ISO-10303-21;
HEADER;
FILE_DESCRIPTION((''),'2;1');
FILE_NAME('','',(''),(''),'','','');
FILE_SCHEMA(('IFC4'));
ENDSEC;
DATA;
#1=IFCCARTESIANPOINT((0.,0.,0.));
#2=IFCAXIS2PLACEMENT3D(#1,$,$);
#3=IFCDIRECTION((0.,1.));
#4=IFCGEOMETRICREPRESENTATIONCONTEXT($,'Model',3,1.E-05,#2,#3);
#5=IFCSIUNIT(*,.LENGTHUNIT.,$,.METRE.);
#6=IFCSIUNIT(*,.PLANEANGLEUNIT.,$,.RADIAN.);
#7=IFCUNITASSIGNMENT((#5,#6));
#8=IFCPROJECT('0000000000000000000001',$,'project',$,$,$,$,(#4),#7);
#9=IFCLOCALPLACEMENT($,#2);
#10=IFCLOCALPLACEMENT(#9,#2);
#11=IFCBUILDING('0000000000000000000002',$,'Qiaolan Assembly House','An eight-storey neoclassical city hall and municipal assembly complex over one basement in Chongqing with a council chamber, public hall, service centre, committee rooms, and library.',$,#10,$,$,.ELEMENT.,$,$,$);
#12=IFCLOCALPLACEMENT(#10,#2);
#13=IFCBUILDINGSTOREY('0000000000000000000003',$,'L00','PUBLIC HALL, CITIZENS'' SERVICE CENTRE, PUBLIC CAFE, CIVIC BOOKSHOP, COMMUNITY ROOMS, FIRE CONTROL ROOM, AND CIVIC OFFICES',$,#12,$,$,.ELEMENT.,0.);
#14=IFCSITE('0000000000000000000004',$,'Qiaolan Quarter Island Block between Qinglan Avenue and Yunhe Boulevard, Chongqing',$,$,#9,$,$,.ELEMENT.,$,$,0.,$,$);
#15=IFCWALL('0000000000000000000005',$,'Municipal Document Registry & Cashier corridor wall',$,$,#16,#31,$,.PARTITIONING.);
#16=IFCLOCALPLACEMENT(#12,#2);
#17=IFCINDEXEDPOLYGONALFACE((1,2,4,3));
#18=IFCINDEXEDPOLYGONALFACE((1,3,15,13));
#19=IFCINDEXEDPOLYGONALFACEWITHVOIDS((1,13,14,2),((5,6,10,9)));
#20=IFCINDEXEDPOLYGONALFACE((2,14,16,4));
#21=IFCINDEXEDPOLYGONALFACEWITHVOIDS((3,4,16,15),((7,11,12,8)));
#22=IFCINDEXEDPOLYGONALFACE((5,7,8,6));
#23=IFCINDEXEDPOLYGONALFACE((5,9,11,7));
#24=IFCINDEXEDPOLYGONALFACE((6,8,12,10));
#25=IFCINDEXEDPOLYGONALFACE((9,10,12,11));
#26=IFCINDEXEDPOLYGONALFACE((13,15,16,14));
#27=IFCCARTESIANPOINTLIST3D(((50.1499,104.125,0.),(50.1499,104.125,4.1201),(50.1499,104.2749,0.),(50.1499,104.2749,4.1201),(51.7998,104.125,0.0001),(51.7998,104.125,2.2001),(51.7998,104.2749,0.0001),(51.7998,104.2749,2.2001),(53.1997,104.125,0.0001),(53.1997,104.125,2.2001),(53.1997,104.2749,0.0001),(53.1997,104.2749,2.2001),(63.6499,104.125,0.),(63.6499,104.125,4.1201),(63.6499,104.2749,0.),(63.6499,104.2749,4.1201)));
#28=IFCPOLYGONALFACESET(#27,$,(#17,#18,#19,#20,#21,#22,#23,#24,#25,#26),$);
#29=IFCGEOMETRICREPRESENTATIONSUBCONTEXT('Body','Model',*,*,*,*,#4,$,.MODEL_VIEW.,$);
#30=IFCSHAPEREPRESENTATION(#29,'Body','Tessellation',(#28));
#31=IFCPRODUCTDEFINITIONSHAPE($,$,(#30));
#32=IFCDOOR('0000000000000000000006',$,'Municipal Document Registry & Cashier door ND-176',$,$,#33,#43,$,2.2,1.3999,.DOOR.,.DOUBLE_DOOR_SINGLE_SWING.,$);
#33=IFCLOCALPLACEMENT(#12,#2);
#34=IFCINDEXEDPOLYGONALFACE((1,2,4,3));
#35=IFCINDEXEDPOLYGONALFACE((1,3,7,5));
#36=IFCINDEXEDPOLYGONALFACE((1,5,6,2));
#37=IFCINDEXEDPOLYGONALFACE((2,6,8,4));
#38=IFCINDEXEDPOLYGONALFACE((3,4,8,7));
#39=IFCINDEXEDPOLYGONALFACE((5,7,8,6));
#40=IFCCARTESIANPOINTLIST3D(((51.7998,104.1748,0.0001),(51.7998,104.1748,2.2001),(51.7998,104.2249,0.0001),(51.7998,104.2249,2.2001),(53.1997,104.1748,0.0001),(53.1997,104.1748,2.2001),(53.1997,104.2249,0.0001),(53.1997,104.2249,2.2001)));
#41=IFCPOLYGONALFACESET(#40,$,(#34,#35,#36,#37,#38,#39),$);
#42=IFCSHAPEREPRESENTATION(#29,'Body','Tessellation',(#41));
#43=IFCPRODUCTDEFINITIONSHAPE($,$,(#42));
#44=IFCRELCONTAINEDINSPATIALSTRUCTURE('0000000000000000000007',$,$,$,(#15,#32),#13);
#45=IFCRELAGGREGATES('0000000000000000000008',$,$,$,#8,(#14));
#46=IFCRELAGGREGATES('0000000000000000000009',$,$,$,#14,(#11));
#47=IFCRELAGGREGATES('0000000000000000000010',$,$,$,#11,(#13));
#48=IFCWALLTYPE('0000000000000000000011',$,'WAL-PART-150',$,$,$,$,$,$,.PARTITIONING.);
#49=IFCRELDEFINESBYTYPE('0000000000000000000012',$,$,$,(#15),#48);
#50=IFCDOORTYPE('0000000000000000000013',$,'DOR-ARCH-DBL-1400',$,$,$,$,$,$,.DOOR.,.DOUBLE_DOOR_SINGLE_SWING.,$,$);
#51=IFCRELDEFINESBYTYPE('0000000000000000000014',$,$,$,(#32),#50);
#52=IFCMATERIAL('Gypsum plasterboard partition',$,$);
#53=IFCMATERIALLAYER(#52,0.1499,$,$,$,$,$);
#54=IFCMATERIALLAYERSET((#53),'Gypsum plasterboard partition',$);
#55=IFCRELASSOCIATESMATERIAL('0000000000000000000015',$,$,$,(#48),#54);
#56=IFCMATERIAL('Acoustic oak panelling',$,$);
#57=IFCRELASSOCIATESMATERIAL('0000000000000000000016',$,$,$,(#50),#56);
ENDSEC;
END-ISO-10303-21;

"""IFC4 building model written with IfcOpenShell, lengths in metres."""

from ifc_helpers import new_model, si_unit, direction, frame, frame_2d, origin, place, context, subcontext, project, spatial, rectangle, extrude, material, layer, layer_set, type_object, element, fill, save


model = new_model("IFC4")

# Units and contexts
model_context = context("Model", 3, precision=1e-05, world=origin(), true_north=direction((0.0, 1.0)))
body_context = subcontext(model_context, "Body", "Model", "MODEL_VIEW")
ifc_project = project(units=[si_unit("LENGTHUNIT", "METRE"), si_unit("PLANEANGLEUNIT", "RADIAN")], contexts=[model_context])

# Site, building, storey
site_placement = place(None, origin())
site = spatial("IfcSite", under=ifc_project, at=site_placement, Name="Qiaolan Quarter Island Block between Qinglan Avenue and Yunhe Boulevard, Chongqing", CompositionType="ELEMENT", RefElevation=0.0)
building_placement = place(site_placement, origin())
building = spatial("IfcBuilding", under=site, at=building_placement, Name="Qiaolan Assembly House", Description="An eight-storey neoclassical city hall and municipal assembly complex over one basement in Chongqing with a council chamber, public hall, service centre, committee rooms, and library.", CompositionType="ELEMENT")
storey_placement = place(building_placement, origin())
storey = spatial("IfcBuildingStorey", under=building, at=storey_placement, Name="L00", Description="PUBLIC HALL, CITIZENS' SERVICE CENTRE, PUBLIC CAFE, CIVIC BOOKSHOP, COMMUNITY ROOMS, FIRE CONTROL ROOM, AND CIVIC OFFICES", CompositionType="ELEMENT", Elevation=0.0)

# Shared definitions
ifc_material_1 = material(Name="Gypsum plasterboard partition")

# Wall, opening, door
ifc_layer_1 = layer(ifc_material_1, 0.1499)
ifc_layer_set_1 = layer_set([ifc_layer_1], Name="Gypsum plasterboard partition")
wall_type_1 = type_object("IfcWallType", Name="WAL-PART-150", PredefinedType="PARTITIONING", material=ifc_layer_set_1)
wall_1_placement = place(storey_placement, frame((50.1499, 104.2, 0.0), z_axis=(0.0, 0.0, 1.0), x_axis=(1.0, 0.0, 0.0)))
wall_1 = element("IfcWall", 1, at=wall_1_placement, inside=storey, type_object=wall_type_1, Name="Municipal Document Registry & Cashier corridor wall", PredefinedType="PARTITIONING", context=body_context, shape_type="SweptSolid", body=[
    extrude(rectangle(XDim=13.5, YDim=0.1499, at=frame_2d((6.75, 0.0))), origin(), (0.0, 0.0, 1.0), 4.1201),
])
opening_1_placement = place(wall_1_placement, frame((1.6499, 0.0, 0.0)))
opening_1 = element("IfcOpeningElement", 2, at=opening_1_placement, cuts=wall_1, PredefinedType="OPENING", context=body_context, shape_type="SweptSolid", body=[
    extrude(rectangle(XDim=1.3999, YDim=2.2, at=frame_2d((0.7, 1.1001))), frame((0.0, 0.085, 0.0), z_axis=(0.0, -1.0, 0.0), x_axis=(1.0, 0.0, 0.0)), (0.0, 0.0, 1.0), 0.1699),
])
ifc_material_2 = material(Name="Acoustic oak panelling")
door_type_1 = type_object("IfcDoorType", Name="DOR-ARCH-DBL-1400", OperationType="DOUBLE_DOOR_SINGLE_SWING", PredefinedType="DOOR", material=ifc_material_2)
door_1_placement = place(opening_1_placement, origin())
door_1 = element("IfcDoor", 3, at=door_1_placement, inside=storey, type_object=door_type_1, Name="Municipal Document Registry & Cashier door ND-176", OperationType="DOUBLE_DOOR_SINGLE_SWING", OverallHeight=2.2, OverallWidth=1.3999, PredefinedType="DOOR", context=body_context, shape_type="SweptSolid", body=[
    extrude(rectangle(XDim=1.3999, YDim=2.2, at=frame_2d((0.7, 1.1001))), frame((0.0, 0.0249, 0.0), z_axis=(0.0, -1.0, 0.0), x_axis=(1.0, 0.0, 0.0)), (0.0, 0.0, 1.0), 0.05),
])
fill(opening_1, door_1)

save(model, "model.ifc")
